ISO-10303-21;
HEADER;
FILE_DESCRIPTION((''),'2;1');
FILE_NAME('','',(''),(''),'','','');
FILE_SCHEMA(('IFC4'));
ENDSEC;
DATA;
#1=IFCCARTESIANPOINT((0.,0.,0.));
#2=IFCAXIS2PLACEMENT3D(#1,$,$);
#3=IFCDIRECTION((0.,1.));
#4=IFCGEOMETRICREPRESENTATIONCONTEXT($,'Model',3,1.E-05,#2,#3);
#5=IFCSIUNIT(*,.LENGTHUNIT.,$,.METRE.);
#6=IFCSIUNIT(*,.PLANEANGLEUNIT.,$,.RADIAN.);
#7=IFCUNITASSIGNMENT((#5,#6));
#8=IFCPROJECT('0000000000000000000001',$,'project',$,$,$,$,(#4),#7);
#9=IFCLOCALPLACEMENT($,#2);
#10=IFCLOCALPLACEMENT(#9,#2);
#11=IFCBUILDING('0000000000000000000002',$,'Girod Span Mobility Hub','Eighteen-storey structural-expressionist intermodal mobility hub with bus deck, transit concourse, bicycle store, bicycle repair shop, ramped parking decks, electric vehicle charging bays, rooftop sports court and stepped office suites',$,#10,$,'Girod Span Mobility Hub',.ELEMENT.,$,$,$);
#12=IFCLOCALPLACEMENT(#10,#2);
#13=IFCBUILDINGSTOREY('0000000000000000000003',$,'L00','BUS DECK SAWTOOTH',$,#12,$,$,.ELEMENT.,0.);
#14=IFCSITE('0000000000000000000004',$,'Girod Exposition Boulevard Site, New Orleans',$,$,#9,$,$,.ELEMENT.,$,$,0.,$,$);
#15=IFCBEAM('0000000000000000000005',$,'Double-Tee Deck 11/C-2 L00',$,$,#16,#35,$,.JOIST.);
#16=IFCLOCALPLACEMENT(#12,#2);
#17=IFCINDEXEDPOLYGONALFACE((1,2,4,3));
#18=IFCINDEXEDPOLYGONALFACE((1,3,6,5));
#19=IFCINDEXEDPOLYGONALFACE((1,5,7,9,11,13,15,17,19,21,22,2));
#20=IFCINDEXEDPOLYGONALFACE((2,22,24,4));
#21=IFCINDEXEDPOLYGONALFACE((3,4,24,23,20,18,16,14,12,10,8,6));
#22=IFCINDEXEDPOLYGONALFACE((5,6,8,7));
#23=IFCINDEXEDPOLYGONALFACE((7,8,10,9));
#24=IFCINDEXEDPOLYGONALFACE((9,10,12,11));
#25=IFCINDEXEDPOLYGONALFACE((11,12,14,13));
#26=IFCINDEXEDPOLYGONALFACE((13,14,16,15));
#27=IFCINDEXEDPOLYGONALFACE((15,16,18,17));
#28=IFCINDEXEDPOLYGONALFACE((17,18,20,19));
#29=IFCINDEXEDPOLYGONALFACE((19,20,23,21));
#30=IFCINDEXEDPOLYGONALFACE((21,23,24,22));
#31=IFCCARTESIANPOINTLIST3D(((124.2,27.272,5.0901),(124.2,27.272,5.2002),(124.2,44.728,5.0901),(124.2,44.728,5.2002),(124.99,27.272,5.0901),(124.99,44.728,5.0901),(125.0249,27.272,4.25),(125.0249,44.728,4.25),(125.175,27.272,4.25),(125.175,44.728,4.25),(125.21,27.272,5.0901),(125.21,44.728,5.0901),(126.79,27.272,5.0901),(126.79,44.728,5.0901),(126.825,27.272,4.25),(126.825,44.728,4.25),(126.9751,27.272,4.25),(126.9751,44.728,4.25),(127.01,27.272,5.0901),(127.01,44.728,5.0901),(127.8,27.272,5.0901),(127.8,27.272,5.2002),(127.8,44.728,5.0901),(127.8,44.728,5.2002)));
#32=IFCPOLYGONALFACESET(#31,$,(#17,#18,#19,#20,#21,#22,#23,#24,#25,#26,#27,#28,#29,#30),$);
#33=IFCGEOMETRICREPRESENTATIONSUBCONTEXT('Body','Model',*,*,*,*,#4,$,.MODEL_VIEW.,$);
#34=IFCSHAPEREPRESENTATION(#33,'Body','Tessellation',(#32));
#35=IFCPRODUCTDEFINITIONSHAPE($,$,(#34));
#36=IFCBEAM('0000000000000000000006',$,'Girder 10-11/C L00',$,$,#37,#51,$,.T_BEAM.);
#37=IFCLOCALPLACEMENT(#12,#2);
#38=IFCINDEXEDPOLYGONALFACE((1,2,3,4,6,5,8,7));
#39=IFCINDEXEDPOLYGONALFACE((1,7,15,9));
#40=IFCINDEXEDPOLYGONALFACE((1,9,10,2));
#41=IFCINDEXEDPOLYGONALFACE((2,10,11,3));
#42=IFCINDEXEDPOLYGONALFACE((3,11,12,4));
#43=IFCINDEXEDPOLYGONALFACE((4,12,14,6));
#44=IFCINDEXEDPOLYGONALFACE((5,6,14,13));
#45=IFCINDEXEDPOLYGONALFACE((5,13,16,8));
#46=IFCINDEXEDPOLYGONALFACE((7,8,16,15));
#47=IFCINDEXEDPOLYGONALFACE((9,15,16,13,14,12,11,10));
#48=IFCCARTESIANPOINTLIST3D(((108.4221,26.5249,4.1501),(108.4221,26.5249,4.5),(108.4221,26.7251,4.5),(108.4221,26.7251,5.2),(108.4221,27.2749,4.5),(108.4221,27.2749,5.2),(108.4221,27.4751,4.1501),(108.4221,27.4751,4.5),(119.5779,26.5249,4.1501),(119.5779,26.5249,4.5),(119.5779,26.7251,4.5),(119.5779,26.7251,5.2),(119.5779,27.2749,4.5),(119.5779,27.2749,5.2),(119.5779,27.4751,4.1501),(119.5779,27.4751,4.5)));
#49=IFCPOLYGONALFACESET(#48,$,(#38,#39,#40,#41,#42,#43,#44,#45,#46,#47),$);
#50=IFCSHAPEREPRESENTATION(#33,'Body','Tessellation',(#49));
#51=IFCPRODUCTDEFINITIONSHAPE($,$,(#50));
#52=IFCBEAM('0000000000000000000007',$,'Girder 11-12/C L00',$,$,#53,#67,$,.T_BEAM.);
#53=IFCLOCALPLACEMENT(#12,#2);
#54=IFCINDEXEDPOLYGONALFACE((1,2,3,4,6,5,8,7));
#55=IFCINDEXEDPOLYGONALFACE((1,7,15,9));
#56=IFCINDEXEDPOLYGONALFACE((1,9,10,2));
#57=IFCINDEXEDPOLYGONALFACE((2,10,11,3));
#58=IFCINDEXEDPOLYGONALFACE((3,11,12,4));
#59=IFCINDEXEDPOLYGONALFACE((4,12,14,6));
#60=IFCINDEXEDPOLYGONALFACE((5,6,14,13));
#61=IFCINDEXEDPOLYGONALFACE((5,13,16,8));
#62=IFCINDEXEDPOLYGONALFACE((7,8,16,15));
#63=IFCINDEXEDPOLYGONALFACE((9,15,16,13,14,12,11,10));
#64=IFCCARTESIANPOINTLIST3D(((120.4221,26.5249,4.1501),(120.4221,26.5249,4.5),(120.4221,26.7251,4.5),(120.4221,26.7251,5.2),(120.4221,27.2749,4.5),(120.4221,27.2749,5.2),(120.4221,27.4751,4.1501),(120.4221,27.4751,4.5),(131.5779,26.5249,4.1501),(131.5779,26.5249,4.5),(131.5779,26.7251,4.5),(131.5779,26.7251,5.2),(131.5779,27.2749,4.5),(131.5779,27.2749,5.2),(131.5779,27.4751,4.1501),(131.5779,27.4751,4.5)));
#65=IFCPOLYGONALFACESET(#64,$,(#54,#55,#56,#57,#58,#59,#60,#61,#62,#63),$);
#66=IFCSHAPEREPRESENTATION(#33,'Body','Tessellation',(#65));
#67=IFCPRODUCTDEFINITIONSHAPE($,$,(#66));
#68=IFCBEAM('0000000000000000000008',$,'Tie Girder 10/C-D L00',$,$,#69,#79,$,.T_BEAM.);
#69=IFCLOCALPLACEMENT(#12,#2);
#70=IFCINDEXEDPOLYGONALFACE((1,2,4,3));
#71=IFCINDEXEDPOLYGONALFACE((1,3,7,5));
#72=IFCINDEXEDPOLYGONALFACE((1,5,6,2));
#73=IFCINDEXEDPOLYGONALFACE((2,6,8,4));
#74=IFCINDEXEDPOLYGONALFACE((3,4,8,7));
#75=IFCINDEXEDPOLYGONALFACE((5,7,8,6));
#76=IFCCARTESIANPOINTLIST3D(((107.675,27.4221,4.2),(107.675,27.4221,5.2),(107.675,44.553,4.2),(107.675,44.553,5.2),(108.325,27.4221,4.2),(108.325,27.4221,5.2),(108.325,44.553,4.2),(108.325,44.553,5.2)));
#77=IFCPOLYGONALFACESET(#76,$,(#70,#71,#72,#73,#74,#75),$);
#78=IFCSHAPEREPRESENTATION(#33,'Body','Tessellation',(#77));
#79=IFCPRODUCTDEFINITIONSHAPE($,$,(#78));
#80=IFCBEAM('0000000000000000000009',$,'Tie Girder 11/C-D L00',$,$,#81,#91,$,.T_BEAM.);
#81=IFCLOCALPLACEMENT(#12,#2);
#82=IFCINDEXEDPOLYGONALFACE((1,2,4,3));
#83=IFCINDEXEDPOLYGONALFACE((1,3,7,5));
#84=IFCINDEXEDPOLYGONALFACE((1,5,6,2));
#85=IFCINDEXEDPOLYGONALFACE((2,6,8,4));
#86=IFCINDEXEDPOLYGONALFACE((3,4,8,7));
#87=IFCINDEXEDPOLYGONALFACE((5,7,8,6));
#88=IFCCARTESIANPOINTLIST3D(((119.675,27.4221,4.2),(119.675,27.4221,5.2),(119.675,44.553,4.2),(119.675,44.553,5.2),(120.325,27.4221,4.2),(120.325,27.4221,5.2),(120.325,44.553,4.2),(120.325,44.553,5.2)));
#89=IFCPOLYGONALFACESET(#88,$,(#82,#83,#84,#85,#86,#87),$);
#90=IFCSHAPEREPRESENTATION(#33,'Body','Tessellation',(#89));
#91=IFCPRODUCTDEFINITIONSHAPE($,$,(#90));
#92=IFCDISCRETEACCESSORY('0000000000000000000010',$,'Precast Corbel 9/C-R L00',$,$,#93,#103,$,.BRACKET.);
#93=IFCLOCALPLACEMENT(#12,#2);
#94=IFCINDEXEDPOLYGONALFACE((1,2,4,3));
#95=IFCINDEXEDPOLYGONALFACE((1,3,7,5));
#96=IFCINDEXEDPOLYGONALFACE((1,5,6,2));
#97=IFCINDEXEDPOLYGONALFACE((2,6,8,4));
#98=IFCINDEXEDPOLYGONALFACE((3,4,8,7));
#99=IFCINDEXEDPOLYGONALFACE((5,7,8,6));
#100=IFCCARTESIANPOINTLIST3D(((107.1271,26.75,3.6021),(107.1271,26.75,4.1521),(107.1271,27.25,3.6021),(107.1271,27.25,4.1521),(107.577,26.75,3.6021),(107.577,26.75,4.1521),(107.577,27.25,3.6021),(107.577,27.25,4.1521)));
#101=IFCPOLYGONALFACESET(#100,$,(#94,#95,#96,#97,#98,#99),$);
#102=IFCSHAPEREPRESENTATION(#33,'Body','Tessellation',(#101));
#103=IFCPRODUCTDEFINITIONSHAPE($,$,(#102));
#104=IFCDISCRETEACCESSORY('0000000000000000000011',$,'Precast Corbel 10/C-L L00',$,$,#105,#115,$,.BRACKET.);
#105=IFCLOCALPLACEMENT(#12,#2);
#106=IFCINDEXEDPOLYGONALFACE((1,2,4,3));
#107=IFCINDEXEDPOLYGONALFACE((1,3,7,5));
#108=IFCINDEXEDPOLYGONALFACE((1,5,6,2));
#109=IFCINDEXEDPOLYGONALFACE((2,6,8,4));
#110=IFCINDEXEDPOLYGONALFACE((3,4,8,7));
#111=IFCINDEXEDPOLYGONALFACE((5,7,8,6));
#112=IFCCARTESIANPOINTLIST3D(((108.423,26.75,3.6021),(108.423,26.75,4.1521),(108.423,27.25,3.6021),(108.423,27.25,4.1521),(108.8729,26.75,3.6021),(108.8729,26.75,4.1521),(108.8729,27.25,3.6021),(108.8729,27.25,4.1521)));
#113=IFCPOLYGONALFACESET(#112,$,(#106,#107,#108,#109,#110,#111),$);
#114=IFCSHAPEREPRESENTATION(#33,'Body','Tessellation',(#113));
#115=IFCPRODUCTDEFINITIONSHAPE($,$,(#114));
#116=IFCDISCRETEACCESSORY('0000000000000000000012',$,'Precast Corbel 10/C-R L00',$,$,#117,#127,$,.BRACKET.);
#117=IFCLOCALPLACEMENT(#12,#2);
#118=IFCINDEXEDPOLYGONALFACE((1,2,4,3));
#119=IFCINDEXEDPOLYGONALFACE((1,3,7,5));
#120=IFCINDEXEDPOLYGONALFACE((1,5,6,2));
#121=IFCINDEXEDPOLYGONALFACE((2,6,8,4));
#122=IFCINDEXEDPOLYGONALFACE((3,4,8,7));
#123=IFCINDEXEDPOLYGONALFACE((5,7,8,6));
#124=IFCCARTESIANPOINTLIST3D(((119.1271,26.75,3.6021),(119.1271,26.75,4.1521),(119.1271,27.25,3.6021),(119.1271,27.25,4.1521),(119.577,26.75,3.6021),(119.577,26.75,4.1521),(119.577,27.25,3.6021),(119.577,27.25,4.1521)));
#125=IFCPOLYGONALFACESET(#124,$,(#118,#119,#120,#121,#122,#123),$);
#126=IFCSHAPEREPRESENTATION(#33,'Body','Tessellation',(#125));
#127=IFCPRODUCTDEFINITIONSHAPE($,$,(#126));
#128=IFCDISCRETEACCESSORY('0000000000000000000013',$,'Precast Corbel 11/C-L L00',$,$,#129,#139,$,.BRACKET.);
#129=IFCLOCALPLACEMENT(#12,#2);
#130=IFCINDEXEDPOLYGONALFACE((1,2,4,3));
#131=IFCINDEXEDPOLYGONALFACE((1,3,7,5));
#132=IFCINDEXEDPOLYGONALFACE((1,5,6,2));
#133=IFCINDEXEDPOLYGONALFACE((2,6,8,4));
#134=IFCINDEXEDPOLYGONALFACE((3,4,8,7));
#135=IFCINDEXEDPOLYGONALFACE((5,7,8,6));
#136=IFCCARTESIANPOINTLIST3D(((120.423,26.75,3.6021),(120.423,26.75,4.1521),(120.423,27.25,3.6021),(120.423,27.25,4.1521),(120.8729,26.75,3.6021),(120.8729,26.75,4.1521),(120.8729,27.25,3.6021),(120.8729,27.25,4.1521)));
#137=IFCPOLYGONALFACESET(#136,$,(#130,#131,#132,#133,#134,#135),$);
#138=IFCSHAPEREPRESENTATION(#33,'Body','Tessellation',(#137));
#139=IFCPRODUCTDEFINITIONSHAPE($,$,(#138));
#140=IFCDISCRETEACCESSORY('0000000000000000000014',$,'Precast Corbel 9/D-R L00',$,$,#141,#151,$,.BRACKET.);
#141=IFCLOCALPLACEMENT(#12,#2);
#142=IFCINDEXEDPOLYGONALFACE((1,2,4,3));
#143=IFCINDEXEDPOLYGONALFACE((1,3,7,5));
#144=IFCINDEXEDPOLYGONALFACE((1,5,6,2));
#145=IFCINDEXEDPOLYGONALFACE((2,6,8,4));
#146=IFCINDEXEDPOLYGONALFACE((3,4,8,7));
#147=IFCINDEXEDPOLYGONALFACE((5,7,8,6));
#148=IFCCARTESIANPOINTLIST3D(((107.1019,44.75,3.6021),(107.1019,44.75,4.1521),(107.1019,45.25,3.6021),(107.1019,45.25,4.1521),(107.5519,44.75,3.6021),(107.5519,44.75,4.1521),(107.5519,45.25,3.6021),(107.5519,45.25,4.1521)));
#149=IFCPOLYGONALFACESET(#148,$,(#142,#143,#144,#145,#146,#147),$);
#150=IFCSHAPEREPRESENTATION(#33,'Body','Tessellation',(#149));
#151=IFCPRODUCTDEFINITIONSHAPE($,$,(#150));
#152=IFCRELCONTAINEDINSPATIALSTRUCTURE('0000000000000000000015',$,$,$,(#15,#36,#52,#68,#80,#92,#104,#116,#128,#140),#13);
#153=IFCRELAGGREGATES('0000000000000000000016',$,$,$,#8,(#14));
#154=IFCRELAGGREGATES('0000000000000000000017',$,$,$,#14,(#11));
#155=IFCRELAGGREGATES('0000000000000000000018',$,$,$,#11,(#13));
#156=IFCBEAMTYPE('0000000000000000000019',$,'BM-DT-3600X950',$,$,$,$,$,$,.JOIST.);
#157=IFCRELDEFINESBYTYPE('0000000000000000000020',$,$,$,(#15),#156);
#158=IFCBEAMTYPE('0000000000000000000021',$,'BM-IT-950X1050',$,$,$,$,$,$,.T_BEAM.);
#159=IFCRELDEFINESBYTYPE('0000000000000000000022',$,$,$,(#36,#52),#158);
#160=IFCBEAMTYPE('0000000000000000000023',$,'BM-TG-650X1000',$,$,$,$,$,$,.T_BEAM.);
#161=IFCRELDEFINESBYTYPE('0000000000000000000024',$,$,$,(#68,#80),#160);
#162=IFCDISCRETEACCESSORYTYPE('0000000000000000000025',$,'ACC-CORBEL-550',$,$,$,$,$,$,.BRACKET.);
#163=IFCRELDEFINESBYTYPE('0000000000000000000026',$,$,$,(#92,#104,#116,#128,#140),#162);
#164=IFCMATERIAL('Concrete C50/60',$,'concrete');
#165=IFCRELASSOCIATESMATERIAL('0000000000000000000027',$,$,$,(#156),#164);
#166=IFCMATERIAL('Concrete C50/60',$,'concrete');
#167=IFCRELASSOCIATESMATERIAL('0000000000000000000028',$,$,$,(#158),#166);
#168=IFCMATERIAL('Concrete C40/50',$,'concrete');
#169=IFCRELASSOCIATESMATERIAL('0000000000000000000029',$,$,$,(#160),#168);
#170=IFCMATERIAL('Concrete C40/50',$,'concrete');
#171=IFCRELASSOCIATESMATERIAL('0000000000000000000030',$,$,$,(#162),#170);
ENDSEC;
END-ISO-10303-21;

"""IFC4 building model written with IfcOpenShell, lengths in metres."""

from ifc_helpers import new_model, si_unit, direction, frame, origin, origin_2d, place, context, subcontext, project, spatial, polyline, rectangle, outline, extrude, material, material_profile, profile_set, type_object, element, save


model = new_model("IFC4")

# Units and contexts
model_context = context("Model", 3, precision=1e-05, world=origin(), true_north=direction((0.0, 1.0)))
body_context = subcontext(model_context, "Body", "Model", "MODEL_VIEW")
ifc_project = project(units=[si_unit("LENGTHUNIT", "METRE"), si_unit("PLANEANGLEUNIT", "RADIAN")], contexts=[model_context])

# Site, building, storey
site_placement = place(None, origin())
site = spatial("IfcSite", under=ifc_project, at=site_placement, Name="Girod Exposition Boulevard Site, New Orleans", CompositionType="ELEMENT", RefElevation=0.0)
building_placement = place(site_placement, origin())
building = spatial("IfcBuilding", under=site, at=building_placement, Name="Girod Span Mobility Hub", Description="Eighteen-storey structural-expressionist intermodal mobility hub with bus deck, transit concourse, bicycle store, bicycle repair shop, ramped parking decks, electric vehicle charging bays, rooftop sports court and stepped office suites", LongName="Girod Span Mobility Hub", CompositionType="ELEMENT")
storey_placement = place(building_placement, origin())
storey = spatial("IfcBuildingStorey", under=building, at=storey_placement, Name="L00", Description="BUS DECK SAWTOOTH", CompositionType="ELEMENT", Elevation=0.0)

# Beams
ifc_material_1 = material(Name="Concrete C50/60", Category="concrete")
ifc_material_profile_1 = material_profile(ifc_material_1, outline(polyline([(-1.8, 0.4751), (-1.8, 0.365), (-1.01, 0.365), (-0.9751, -0.4751), (-0.825, -0.4751), (-0.79, 0.365), (0.79, 0.365), (0.825, -0.4751), (0.9751, -0.4751), (1.01, 0.365), (1.8, 0.365), (1.8, 0.4751), (-1.8, 0.4751)])), Name="DT-3600X950")
ifc_profile_set_1 = profile_set([ifc_material_profile_1], Name="Concrete C50/60")
beam_type_1 = type_object("IfcBeamType", Name="BM-DT-3600X950", PredefinedType="JOIST", material=ifc_profile_set_1)
for number, where, z_axis, x_axis, name in (
    (1, (126.0, 27.272, 4.7251), (0.0, 1.0, 0.0), (-1.0, 0.0, 0.0), "Double-Tee Deck 11/C-2 L00"),
):
    element("IfcBeam", number, at=place(storey_placement, frame(where, z_axis=z_axis, x_axis=x_axis)), inside=storey, type_object=beam_type_1, Name=name, PredefinedType="JOIST", context=body_context, shape_type="SweptSolid", body=[
        extrude(outline(polyline([(-1.8, 0.4751), (-1.8, 0.365), (-1.01, 0.365), (-0.9751, -0.4751), (-0.825, -0.4751), (-0.79, 0.365), (0.79, 0.365), (0.825, -0.4751), (0.9751, -0.4751), (1.01, 0.365), (1.8, 0.365), (1.8, 0.4751), (-1.8, 0.4751)])), origin(), (0.0, 0.0, 1.0), 17.4561),
    ])
ifc_material_2 = material(Name="Concrete C50/60", Category="concrete")
ifc_material_profile_2 = material_profile(ifc_material_2, outline(polyline([(-0.4751, -0.5249), (0.4751, -0.5249), (0.4751, -0.175), (0.2749, -0.175), (0.2749, 0.5249), (-0.2749, 0.5249), (-0.2749, -0.175), (-0.4751, -0.175), (-0.4751, -0.5249)])), Name="IT-950X1050")
ifc_profile_set_2 = profile_set([ifc_material_profile_2], Name="Concrete C50/60")
beam_type_2 = type_object("IfcBeamType", Name="BM-IT-950X1050", PredefinedType="T_BEAM", material=ifc_profile_set_2)
for number, where, z_axis, x_axis, name in (
    (2, (108.4221, 27.0, 4.675), (1.0, 0.0, 0.0), (0.0, 1.0, 0.0), "Girder 10-11/C L00"),
    (3, (120.4221, 27.0, 4.675), (1.0, 0.0, 0.0), (0.0, 1.0, 0.0), "Girder 11-12/C L00"),
):
    element("IfcBeam", number, at=place(storey_placement, frame(where, z_axis=z_axis, x_axis=x_axis)), inside=storey, type_object=beam_type_2, Name=name, PredefinedType="T_BEAM", context=body_context, shape_type="SweptSolid", body=[
        extrude(outline(polyline([(-0.4751, -0.5249), (0.4751, -0.5249), (0.4751, -0.175), (0.2749, -0.175), (0.2749, 0.5249), (-0.2749, 0.5249), (-0.2749, -0.175), (-0.4751, -0.175), (-0.4751, -0.5249)])), origin(), (0.0, 0.0, 1.0), 11.1558),
    ])
ifc_material_3 = material(Name="Concrete C40/50", Category="concrete")
ifc_material_profile_3 = material_profile(ifc_material_3, rectangle(XDim=0.6499, YDim=1.0, at=origin_2d()), Name="TG-650X1000")
ifc_profile_set_3 = profile_set([ifc_material_profile_3], Name="Concrete C40/50")
beam_type_3 = type_object("IfcBeamType", Name="BM-TG-650X1000", PredefinedType="T_BEAM", material=ifc_profile_set_3)
for number, where, z_axis, x_axis, name in (
    (4, (108.0, 27.4221, 4.7), (0.0, 1.0, 0.0), (-1.0, 0.0, 0.0), "Tie Girder 10/C-D L00"),
    (5, (120.0, 27.4221, 4.7), (0.0, 1.0, 0.0), (-1.0, 0.0, 0.0), "Tie Girder 11/C-D L00"),
):
    element("IfcBeam", number, at=place(storey_placement, frame(where, z_axis=z_axis, x_axis=x_axis)), inside=storey, type_object=beam_type_3, Name=name, PredefinedType="T_BEAM", context=body_context, shape_type="SweptSolid", body=[
        extrude(rectangle(XDim=0.6499, YDim=1.0, at=origin_2d()), origin(), (0.0, 0.0, 1.0), 17.1309),
    ])

# Discrete accessories
ifc_material_4 = material(Name="Concrete C40/50", Category="concrete")
discrete_accessory_type = type_object("IfcDiscreteAccessoryType", Name="ACC-CORBEL-550", PredefinedType="BRACKET", material=ifc_material_4)
for number, where, z_axis, x_axis, name in (
    (6, (107.3521, 27.0, 3.6021), (0.0, 0.0, 1.0), (1.0, 0.0, 0.0), "Precast Corbel 9/C-R L00"),
    (7, (108.6479, 27.0, 3.6021), (0.0, 0.0, 1.0), (1.0, 0.0, 0.0), "Precast Corbel 10/C-L L00"),
    (8, (119.3521, 27.0, 3.6021), (0.0, 0.0, 1.0), (1.0, 0.0, 0.0), "Precast Corbel 10/C-R L00"),
    (9, (120.6479, 27.0, 3.6021), (0.0, 0.0, 1.0), (1.0, 0.0, 0.0), "Precast Corbel 11/C-L L00"),
    (10, (107.3269, 45.0, 3.6021), (0.0, 0.0, 1.0), (1.0, 0.0, 0.0), "Precast Corbel 9/D-R L00"),
):
    element("IfcDiscreteAccessory", number, at=place(storey_placement, frame(where, z_axis=z_axis, x_axis=x_axis)), inside=storey, type_object=discrete_accessory_type, Name=name, PredefinedType="BRACKET", context=body_context, shape_type="SweptSolid", body=[
        extrude(rectangle(XDim=0.45, YDim=0.5, at=origin_2d()), origin(), (0.0, 0.0, 1.0), 0.55),
    ])

save(model, "model.ifc")
